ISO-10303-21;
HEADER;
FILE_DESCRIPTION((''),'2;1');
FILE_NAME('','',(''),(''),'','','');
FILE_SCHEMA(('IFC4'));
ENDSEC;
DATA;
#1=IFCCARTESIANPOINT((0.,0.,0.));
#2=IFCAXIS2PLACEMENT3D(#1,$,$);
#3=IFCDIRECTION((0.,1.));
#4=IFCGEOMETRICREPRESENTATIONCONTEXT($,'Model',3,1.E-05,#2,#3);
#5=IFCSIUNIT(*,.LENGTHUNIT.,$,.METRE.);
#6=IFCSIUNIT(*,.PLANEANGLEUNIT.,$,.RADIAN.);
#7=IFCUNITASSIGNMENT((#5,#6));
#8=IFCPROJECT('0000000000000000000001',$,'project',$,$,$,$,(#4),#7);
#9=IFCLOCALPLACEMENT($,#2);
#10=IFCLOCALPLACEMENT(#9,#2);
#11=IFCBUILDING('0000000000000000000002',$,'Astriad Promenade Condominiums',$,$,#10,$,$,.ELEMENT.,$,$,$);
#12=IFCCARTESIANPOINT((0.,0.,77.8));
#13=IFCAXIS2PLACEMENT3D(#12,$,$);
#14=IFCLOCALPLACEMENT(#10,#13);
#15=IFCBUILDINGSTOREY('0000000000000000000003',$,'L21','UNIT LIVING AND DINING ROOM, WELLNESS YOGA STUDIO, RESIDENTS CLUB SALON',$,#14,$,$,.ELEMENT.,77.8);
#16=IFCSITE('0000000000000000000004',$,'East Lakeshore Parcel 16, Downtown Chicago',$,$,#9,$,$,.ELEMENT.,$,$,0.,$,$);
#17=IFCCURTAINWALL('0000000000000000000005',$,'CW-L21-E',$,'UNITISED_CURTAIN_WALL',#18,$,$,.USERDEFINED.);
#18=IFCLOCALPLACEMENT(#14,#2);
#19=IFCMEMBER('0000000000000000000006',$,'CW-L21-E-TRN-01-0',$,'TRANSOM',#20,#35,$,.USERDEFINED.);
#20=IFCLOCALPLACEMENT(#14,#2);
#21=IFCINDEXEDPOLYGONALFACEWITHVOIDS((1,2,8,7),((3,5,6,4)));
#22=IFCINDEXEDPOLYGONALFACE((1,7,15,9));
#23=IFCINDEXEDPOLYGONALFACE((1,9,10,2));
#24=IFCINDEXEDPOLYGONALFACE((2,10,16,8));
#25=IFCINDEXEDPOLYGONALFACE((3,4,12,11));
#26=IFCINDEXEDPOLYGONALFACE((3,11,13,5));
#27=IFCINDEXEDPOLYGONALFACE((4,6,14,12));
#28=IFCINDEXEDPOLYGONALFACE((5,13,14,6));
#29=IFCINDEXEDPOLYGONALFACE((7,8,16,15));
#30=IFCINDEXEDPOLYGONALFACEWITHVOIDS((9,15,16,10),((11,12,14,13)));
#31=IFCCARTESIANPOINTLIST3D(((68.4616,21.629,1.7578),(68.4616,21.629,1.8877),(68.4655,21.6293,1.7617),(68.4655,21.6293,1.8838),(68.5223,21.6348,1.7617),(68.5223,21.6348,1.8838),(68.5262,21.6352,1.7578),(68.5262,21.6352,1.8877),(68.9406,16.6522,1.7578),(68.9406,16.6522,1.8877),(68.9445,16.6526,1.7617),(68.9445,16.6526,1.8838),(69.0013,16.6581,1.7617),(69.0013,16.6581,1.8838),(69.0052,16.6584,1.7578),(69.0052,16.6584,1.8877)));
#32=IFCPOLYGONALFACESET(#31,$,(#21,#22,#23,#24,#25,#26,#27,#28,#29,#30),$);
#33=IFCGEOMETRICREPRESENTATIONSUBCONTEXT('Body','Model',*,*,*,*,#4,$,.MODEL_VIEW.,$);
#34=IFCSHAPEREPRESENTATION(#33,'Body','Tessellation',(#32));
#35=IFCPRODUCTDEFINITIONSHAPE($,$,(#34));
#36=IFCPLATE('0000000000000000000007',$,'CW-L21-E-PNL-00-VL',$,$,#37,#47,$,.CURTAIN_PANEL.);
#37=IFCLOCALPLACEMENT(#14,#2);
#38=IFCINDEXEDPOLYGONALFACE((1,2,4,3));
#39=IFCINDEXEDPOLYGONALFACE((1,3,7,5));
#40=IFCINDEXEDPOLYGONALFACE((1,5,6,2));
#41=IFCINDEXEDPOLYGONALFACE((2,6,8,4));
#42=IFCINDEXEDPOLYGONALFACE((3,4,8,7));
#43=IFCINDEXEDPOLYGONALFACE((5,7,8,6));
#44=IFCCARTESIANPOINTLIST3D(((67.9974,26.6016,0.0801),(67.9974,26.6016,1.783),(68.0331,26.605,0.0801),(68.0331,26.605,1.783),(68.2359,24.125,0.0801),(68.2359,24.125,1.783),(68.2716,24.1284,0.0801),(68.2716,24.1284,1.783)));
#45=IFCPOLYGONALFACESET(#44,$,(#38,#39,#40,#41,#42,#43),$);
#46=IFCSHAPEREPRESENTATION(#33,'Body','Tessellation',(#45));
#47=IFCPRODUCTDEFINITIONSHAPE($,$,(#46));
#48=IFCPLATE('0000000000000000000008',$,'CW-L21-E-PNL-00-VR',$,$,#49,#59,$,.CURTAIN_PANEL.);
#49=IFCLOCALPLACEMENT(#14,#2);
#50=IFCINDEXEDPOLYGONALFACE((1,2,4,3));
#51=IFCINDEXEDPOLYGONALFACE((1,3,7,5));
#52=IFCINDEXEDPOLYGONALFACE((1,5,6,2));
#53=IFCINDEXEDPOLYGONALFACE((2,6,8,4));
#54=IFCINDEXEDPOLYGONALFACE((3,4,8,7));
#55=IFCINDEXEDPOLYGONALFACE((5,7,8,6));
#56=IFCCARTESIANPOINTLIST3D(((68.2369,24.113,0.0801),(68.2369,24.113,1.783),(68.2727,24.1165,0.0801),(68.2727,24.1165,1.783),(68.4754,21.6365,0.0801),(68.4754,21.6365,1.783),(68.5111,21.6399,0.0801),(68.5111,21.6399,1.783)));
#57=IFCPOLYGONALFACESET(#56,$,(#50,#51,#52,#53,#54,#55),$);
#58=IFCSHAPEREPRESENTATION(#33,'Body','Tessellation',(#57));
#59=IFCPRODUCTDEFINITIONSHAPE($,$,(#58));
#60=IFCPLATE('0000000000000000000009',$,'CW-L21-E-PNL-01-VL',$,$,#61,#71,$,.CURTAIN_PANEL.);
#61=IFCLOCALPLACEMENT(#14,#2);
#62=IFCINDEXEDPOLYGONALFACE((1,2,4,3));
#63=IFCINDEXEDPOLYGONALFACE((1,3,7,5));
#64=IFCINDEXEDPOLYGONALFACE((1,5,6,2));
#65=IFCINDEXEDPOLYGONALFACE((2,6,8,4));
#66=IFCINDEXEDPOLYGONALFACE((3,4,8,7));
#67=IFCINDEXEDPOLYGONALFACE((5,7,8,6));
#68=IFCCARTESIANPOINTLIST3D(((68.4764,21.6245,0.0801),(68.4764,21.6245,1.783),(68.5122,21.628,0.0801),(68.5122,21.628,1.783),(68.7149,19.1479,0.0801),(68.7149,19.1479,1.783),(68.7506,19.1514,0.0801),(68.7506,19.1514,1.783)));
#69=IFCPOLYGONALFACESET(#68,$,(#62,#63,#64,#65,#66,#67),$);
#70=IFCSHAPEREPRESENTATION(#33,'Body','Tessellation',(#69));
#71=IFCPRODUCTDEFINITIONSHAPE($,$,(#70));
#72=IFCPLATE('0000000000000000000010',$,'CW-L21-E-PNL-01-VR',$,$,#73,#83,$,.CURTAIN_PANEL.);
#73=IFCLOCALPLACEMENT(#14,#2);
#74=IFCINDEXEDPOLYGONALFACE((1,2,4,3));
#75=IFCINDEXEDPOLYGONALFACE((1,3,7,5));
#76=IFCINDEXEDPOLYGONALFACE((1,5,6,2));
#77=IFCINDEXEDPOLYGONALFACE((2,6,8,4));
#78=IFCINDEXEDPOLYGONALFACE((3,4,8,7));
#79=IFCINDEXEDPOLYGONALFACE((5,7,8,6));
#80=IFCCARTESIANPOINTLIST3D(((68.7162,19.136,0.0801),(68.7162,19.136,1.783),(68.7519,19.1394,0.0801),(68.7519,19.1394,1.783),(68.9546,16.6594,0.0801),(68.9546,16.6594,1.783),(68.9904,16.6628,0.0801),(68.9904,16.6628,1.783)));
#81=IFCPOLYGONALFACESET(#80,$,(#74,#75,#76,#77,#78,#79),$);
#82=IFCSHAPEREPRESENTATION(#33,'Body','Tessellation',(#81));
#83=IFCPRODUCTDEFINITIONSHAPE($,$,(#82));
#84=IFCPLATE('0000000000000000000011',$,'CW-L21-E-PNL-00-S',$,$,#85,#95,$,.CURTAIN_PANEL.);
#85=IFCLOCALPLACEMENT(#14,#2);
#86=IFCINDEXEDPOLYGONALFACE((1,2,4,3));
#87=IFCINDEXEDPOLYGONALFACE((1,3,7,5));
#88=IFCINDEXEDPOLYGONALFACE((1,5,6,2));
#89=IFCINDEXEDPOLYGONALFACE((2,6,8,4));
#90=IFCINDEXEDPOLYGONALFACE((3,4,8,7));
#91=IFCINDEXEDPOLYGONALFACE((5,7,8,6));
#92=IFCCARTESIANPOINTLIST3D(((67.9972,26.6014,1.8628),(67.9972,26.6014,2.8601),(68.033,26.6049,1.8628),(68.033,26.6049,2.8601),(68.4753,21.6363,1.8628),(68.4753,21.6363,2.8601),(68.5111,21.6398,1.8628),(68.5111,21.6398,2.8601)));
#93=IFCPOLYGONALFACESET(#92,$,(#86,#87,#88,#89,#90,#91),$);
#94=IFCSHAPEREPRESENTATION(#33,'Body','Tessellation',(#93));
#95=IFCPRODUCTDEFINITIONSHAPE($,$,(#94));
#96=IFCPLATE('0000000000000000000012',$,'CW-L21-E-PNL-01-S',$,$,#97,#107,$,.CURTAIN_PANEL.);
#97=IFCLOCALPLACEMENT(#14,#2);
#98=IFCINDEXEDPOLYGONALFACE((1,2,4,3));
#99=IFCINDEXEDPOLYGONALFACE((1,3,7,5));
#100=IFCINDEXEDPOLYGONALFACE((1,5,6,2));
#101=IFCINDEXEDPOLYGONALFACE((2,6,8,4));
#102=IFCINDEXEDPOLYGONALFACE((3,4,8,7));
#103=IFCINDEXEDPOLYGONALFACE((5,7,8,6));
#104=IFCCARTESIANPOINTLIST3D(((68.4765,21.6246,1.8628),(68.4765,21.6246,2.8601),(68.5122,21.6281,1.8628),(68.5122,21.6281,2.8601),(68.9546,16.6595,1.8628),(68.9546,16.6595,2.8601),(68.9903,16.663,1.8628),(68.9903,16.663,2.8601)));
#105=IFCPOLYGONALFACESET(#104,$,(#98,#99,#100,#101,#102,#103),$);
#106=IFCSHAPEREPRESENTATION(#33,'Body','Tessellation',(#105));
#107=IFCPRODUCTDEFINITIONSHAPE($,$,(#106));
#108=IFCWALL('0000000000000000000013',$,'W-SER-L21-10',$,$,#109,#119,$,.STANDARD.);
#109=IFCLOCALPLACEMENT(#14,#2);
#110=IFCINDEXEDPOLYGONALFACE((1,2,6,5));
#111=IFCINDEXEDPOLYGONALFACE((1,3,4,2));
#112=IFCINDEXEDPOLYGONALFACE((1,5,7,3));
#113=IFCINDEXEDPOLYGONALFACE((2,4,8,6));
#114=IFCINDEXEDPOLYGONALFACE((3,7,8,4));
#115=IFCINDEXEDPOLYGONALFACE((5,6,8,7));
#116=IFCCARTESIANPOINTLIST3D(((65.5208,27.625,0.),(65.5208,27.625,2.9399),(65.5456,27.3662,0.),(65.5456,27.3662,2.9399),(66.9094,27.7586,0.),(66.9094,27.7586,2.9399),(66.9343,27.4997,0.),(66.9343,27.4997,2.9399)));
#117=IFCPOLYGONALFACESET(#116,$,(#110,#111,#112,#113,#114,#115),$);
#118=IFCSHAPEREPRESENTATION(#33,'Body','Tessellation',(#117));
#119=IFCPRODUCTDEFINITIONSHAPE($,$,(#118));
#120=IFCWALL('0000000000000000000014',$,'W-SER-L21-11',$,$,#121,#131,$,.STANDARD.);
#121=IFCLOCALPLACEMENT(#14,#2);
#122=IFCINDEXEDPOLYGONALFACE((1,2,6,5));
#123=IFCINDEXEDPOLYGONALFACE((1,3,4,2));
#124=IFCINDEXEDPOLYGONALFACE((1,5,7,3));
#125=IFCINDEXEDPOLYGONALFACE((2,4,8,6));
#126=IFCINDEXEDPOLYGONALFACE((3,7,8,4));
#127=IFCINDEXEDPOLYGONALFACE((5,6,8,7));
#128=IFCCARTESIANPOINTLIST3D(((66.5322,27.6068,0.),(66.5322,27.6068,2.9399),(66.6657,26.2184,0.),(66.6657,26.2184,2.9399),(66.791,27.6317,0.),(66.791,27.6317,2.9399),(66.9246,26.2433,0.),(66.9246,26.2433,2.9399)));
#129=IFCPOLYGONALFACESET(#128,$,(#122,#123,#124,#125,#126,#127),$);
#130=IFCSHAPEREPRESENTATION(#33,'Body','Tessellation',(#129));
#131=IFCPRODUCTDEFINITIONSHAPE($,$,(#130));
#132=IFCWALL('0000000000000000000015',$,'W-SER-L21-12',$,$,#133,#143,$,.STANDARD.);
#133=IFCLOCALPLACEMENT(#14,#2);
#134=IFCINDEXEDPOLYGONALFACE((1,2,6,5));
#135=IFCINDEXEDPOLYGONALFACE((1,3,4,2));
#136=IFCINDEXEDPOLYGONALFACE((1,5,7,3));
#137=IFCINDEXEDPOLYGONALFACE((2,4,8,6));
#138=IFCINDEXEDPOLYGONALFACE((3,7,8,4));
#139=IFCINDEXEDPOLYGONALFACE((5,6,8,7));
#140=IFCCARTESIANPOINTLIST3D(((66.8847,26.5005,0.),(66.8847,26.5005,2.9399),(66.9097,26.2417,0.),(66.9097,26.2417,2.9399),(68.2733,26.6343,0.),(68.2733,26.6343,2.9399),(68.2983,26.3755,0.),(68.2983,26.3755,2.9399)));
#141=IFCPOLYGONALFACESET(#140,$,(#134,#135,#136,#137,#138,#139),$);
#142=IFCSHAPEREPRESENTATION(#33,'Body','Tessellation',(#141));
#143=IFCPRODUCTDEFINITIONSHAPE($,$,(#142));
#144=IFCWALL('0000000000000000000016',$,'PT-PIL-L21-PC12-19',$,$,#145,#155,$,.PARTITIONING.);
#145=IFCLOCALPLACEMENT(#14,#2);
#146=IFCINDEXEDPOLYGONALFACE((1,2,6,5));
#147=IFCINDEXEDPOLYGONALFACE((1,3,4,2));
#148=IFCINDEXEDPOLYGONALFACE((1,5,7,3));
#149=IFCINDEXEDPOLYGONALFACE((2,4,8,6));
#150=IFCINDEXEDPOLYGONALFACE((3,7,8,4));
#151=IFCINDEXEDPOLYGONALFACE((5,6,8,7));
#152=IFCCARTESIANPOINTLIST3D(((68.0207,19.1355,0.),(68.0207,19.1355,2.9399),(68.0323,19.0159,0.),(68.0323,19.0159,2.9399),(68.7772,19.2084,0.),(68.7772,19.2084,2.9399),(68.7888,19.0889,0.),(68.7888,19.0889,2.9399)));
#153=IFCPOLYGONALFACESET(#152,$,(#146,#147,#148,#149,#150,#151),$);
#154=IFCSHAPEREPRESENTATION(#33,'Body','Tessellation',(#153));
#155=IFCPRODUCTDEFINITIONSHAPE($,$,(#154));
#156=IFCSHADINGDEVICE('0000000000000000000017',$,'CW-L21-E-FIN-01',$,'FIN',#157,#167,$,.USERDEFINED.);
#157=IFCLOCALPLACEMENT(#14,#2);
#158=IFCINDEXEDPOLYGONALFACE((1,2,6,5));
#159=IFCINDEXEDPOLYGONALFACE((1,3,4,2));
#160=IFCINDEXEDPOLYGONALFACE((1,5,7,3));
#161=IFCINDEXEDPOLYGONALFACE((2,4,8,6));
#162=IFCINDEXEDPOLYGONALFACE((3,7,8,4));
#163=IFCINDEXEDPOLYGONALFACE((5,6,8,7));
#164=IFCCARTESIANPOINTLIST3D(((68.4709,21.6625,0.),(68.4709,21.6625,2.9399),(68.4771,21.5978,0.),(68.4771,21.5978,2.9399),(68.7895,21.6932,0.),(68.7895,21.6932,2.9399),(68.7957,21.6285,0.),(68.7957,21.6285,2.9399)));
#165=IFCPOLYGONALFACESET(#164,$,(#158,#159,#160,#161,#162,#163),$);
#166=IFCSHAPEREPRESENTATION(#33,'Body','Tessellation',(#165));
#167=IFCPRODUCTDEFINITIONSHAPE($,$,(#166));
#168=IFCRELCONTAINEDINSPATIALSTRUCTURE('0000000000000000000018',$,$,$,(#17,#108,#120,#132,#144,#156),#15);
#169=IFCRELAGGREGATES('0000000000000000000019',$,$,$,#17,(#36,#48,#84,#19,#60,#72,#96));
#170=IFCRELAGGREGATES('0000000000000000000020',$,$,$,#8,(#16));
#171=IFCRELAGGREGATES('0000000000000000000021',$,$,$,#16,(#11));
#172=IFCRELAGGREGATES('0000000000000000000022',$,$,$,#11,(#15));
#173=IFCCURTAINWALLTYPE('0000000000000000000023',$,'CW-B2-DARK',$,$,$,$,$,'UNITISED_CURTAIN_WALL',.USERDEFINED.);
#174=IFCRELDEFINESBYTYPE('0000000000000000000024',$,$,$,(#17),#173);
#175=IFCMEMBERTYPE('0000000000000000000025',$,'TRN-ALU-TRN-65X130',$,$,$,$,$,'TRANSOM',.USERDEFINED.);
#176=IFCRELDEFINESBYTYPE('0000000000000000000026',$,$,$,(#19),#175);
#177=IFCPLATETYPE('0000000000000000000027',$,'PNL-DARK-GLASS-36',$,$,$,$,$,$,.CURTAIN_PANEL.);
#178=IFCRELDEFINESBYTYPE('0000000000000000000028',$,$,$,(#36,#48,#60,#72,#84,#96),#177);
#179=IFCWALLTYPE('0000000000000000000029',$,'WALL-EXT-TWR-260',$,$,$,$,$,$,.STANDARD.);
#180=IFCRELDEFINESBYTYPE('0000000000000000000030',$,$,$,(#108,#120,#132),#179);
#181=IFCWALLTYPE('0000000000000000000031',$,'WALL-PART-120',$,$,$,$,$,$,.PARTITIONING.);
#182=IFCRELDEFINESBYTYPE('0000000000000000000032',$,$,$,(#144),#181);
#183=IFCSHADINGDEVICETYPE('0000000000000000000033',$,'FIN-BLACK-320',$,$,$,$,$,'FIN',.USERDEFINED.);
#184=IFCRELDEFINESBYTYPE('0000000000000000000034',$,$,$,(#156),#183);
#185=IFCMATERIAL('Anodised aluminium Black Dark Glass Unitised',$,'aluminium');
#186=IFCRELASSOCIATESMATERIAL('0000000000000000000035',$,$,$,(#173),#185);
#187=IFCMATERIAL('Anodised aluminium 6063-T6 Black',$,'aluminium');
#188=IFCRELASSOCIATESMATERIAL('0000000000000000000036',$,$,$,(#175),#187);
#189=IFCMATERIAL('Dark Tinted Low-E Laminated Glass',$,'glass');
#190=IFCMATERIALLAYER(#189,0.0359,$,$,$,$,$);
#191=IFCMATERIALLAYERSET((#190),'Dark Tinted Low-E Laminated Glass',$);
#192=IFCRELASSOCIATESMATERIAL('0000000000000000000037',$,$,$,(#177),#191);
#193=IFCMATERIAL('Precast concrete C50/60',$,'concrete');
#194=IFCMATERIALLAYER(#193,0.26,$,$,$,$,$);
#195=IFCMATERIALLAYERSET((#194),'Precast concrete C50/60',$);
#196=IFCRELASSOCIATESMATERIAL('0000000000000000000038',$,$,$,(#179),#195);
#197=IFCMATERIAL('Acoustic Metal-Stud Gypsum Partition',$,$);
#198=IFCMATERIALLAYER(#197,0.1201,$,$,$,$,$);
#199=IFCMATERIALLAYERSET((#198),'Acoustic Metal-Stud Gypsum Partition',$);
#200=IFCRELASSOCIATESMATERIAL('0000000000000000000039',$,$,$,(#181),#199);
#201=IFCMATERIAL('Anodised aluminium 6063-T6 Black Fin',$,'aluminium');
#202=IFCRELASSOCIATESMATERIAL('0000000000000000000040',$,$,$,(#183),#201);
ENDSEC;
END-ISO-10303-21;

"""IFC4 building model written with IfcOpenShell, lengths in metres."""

from ifc_helpers import new_model, si_unit, direction, frame, frame_2d, origin, origin_2d, place, context, subcontext, project, spatial, rectangle, hollow_rectangle, extrude, source, transform, mapped, material, layer, layer_set, material_profile, profile_set, type_object, type_shapes, element, aggregate, save


model = new_model("IFC4")

# Units and contexts
model_context = context("Model", 3, precision=1e-05, world=origin(), true_north=direction((0.0, 1.0)))
body_context = subcontext(model_context, "Body", "Model", "MODEL_VIEW")
ifc_project = project(units=[si_unit("LENGTHUNIT", "METRE"), si_unit("PLANEANGLEUNIT", "RADIAN")], contexts=[model_context])

# Site, building, storey
site_placement = place(None, origin())
site = spatial("IfcSite", under=ifc_project, at=site_placement, Name="East Lakeshore Parcel 16, Downtown Chicago", CompositionType="ELEMENT", RefElevation=0.0)
building_placement = place(site_placement, origin())
building = spatial("IfcBuilding", under=site, at=building_placement, Name="Astriad Promenade Condominiums", CompositionType="ELEMENT")
storey_placement = place(building_placement, frame((0.0, 0.0, 77.8)))
storey = spatial("IfcBuildingStorey", under=building, at=storey_placement, Name="L21", Description="UNIT LIVING AND DINING ROOM, WELLNESS YOGA STUDIO, RESIDENTS CLUB SALON", CompositionType="ELEMENT", Elevation=77.8)

# Curtain wall, member, plates
ifc_material_1 = material(Name="Anodised aluminium Black Dark Glass Unitised", Category="aluminium")
curtain_wall_type = type_object("IfcCurtainWallType", Name="CW-B2-DARK", ElementType="UNITISED_CURTAIN_WALL", PredefinedType="USERDEFINED", material=ifc_material_1)
curtain_wall_placement = place(storey_placement, origin())
curtain_wall = element("IfcCurtainWall", 1, at=curtain_wall_placement, inside=storey, type_object=curtain_wall_type, Name="CW-L21-E", ObjectType="UNITISED_CURTAIN_WALL", PredefinedType="USERDEFINED")
ifc_material_2 = material(Name="Anodised aluminium 6063-T6 Black", Category="aluminium")
ifc_material_profile_1 = material_profile(ifc_material_2, hollow_rectangle(XDim=0.0649, YDim=0.1299, WallThickness=0.0039, at=origin_2d()), Name="ALU-TRN-65X130")
ifc_profile_set_1 = profile_set([ifc_material_profile_1], Name="Anodised aluminium 6063-T6 Black")
member_type_1 = type_object("IfcMemberType", Name="TRN-ALU-TRN-65X130", ElementType="TRANSOM", PredefinedType="USERDEFINED", material=ifc_profile_set_1)
shared_shape_1 = source(origin(), body_context, "Body", "SweptSolid", [
    extrude(hollow_rectangle(XDim=0.0649, YDim=0.1299, WallThickness=0.0039, at=origin_2d()), origin(), (0.0, 0.0, 1.0), 4.9998),
])
member_1_placement = place(storey_placement, frame((68.4939, 21.6321, 1.8228), z_axis=(0.095805, -0.9954, 0.0), x_axis=(0.9954, 0.095805, 0.0)))
member_1 = element("IfcMember", 2, at=member_1_placement, type_object=member_type_1, Name="CW-L21-E-TRN-01-0", ObjectType="TRANSOM", PredefinedType="USERDEFINED", context=body_context, shape_type="MappedRepresentation", body=[
    mapped(shared_shape_1, transform((0.0, 0.0, 0.0), scale=1.0)),
])
ifc_material_3 = material(Name="Dark Tinted Low-E Laminated Glass", Category="glass")
ifc_layer_1 = layer(ifc_material_3, 0.0359)
ifc_layer_set_1 = layer_set([ifc_layer_1], Name="Dark Tinted Low-E Laminated Glass")
plate_type = type_object("IfcPlateType", Name="PNL-DARK-GLASS-36", PredefinedType="CURTAIN_PANEL", material=ifc_layer_set_1)
shared_shape_2 = source(origin(), body_context, "Body", "SweptSolid", [
    extrude(rectangle(XDim=2.488, YDim=0.0359, at=origin_2d()), origin(), (0.0, 0.0, 1.0), 1.7029),
])
plate_1_placement = place(storey_placement, frame((68.1345, 25.365, 0.0801), z_axis=(0.0, 0.0, 1.0), x_axis=(0.095846, -0.995396, 0.0)))
plate_1 = element("IfcPlate", 3, at=plate_1_placement, type_object=plate_type, Name="CW-L21-E-PNL-00-VL", PredefinedType="CURTAIN_PANEL", context=body_context, shape_type="MappedRepresentation", body=[
    mapped(shared_shape_2, transform((0.0, 0.0, 0.0), scale=1.0)),
])
plate_2_placement = place(storey_placement, frame((68.374, 22.8765, 0.0801), z_axis=(0.0, 0.0, 1.0), x_axis=(0.095846, -0.995396, 0.0)))
plate_2 = element("IfcPlate", 4, at=plate_2_placement, type_object=plate_type, Name="CW-L21-E-PNL-00-VR", PredefinedType="CURTAIN_PANEL", context=body_context, shape_type="MappedRepresentation", body=[
    mapped(shared_shape_2, transform((0.0, 0.0, 0.0), scale=1.0)),
])
plate_3_placement = place(storey_placement, frame((68.6135, 20.3879, 0.0801), z_axis=(0.0, 0.0, 1.0), x_axis=(0.095846, -0.995396, 0.0)))
plate_3 = element("IfcPlate", 5, at=plate_3_placement, type_object=plate_type, Name="CW-L21-E-PNL-01-VL", PredefinedType="CURTAIN_PANEL", context=body_context, shape_type="MappedRepresentation", body=[
    mapped(shared_shape_2, transform((0.0, 0.0, 0.0), scale=1.0)),
])
plate_4_placement = place(storey_placement, frame((68.8533, 17.8994, 0.0801), z_axis=(0.0, 0.0, 1.0), x_axis=(0.095846, -0.995396, 0.0)))
plate_4 = element("IfcPlate", 6, at=plate_4_placement, type_object=plate_type, Name="CW-L21-E-PNL-01-VR", PredefinedType="CURTAIN_PANEL", context=body_context, shape_type="MappedRepresentation", body=[
    mapped(shared_shape_2, transform((0.0, 0.0, 0.0), scale=1.0)),
])
shared_shape_3 = source(origin(), body_context, "Body", "SweptSolid", [
    extrude(rectangle(XDim=4.988, YDim=0.0359, at=origin_2d()), origin(), (0.0, 0.0, 1.0), 0.9973),
])
type_shapes(plate_type, [shared_shape_2, shared_shape_3])
plate_5_placement = place(storey_placement, frame((68.2542, 24.1206, 1.8628), z_axis=(0.0, 0.0, 1.0), x_axis=(0.095846, -0.995396, 0.0)))
plate_5 = element("IfcPlate", 7, at=plate_5_placement, type_object=plate_type, Name="CW-L21-E-PNL-00-S", PredefinedType="CURTAIN_PANEL", context=body_context, shape_type="MappedRepresentation", body=[
    mapped(shared_shape_3, transform((0.0, 0.0, 0.0), scale=1.0)),
])
plate_6_placement = place(storey_placement, frame((68.7334, 19.1438, 1.8628), z_axis=(0.0, 0.0, 1.0), x_axis=(0.095846, -0.995396, 0.0)))
plate_6 = element("IfcPlate", 8, at=plate_6_placement, type_object=plate_type, Name="CW-L21-E-PNL-01-S", PredefinedType="CURTAIN_PANEL", context=body_context, shape_type="MappedRepresentation", body=[
    mapped(shared_shape_3, transform((0.0, 0.0, 0.0), scale=1.0)),
])
aggregate(curtain_wall, [plate_1, plate_2, plate_5, member_1, plate_3, plate_4, plate_6])

# Walls
ifc_material_4 = material(Name="Precast concrete C50/60", Category="concrete")
ifc_layer_2 = layer(ifc_material_4, 0.26)
ifc_layer_set_2 = layer_set([ifc_layer_2], Name="Precast concrete C50/60")
wall_type_1 = type_object("IfcWallType", Name="WALL-EXT-TWR-260", PredefinedType="STANDARD", material=ifc_layer_set_2)
wall_1_placement = place(storey_placement, frame((65.5332, 27.4956, 0.0), z_axis=(0.0, 0.0, 1.0), x_axis=(0.995408, 0.095726, 0.0)))
element("IfcWall", 9, at=wall_1_placement, inside=storey, type_object=wall_type_1, Name="W-SER-L21-10", PredefinedType="STANDARD", context=body_context, shape_type="SweptSolid", body=[
    extrude(rectangle(XDim=1.395, YDim=0.26, at=frame_2d((0.6975, 0.0))), origin(), (0.0, 0.0, 1.0), 2.9399),
])
wall_2_placement = place(storey_placement, frame((66.6616, 27.6191, 0.0), z_axis=(0.0, 0.0, 1.0), x_axis=(0.095742, -0.995406, 0.0)))
element("IfcWall", 10, at=wall_2_placement, inside=storey, type_object=wall_type_1, Name="W-SER-L21-11", PredefinedType="STANDARD", context=body_context, shape_type="SweptSolid", body=[
    extrude(rectangle(XDim=1.3948, YDim=0.26, at=frame_2d((0.6973, 0.0))), origin(), (0.0, 0.0, 1.0), 2.9399),
])
wall_3_placement = place(storey_placement, frame((66.8972, 26.3711, 0.0), z_axis=(0.0, 0.0, 1.0), x_axis=(0.995391, 0.095899, 0.0)))
element("IfcWall", 11, at=wall_3_placement, inside=storey, type_object=wall_type_1, Name="W-SER-L21-12", PredefinedType="STANDARD", context=body_context, shape_type="SweptSolid", body=[
    extrude(rectangle(XDim=1.395, YDim=0.26, at=frame_2d((0.6975, 0.0))), origin(), (0.0, 0.0, 1.0), 2.9399),
])
ifc_material_5 = material(Name="Acoustic Metal-Stud Gypsum Partition")
ifc_layer_3 = layer(ifc_material_5, 0.1201)
ifc_layer_set_3 = layer_set([ifc_layer_3], Name="Acoustic Metal-Stud Gypsum Partition")
wall_type_2 = type_object("IfcWallType", Name="WALL-PART-120", PredefinedType="PARTITIONING", material=ifc_layer_set_3)
wall_4_placement = place(storey_placement, frame((68.0266, 19.0757, 0.0), z_axis=(0.0, 0.0, 1.0), x_axis=(0.995378, 0.096037, 0.0)))
element("IfcWall", 12, at=wall_4_placement, inside=storey, type_object=wall_type_2, Name="PT-PIL-L21-PC12-19", PredefinedType="PARTITIONING", context=body_context, shape_type="SweptSolid", body=[
    extrude(rectangle(XDim=0.76, YDim=0.1201, at=frame_2d((0.3799, 0.0))), origin(), (0.0, 0.0, 1.0), 2.9399),
])

# Shading device
ifc_material_6 = material(Name="Anodised aluminium 6063-T6 Black Fin", Category="aluminium")
shading_device_type = type_object("IfcShadingDeviceType", Name="FIN-BLACK-320", ElementType="FIN", PredefinedType="USERDEFINED", material=ifc_material_6)
shared_shape_4 = source(origin(), body_context, "Body", "SweptSolid", [
    extrude(rectangle(XDim=0.0649, YDim=0.3201, at=origin_2d()), origin(), (0.0, 0.0, 1.0), 2.9399),
])
type_shapes(shading_device_type, [shared_shape_4])
shading_device_placement = place(storey_placement, frame((68.6333, 21.6455, 0.0), z_axis=(0.0, 0.0, 1.0), x_axis=(0.095846, -0.995396, 0.0)))
element("IfcShadingDevice", 13, at=shading_device_placement, inside=storey, type_object=shading_device_type, Name="CW-L21-E-FIN-01", ObjectType="FIN", PredefinedType="USERDEFINED", context=body_context, shape_type="MappedRepresentation", body=[
    mapped(shared_shape_4, transform((0.0, 0.0, 0.0), scale=1.0)),
])

save(model, "model.ifc")
